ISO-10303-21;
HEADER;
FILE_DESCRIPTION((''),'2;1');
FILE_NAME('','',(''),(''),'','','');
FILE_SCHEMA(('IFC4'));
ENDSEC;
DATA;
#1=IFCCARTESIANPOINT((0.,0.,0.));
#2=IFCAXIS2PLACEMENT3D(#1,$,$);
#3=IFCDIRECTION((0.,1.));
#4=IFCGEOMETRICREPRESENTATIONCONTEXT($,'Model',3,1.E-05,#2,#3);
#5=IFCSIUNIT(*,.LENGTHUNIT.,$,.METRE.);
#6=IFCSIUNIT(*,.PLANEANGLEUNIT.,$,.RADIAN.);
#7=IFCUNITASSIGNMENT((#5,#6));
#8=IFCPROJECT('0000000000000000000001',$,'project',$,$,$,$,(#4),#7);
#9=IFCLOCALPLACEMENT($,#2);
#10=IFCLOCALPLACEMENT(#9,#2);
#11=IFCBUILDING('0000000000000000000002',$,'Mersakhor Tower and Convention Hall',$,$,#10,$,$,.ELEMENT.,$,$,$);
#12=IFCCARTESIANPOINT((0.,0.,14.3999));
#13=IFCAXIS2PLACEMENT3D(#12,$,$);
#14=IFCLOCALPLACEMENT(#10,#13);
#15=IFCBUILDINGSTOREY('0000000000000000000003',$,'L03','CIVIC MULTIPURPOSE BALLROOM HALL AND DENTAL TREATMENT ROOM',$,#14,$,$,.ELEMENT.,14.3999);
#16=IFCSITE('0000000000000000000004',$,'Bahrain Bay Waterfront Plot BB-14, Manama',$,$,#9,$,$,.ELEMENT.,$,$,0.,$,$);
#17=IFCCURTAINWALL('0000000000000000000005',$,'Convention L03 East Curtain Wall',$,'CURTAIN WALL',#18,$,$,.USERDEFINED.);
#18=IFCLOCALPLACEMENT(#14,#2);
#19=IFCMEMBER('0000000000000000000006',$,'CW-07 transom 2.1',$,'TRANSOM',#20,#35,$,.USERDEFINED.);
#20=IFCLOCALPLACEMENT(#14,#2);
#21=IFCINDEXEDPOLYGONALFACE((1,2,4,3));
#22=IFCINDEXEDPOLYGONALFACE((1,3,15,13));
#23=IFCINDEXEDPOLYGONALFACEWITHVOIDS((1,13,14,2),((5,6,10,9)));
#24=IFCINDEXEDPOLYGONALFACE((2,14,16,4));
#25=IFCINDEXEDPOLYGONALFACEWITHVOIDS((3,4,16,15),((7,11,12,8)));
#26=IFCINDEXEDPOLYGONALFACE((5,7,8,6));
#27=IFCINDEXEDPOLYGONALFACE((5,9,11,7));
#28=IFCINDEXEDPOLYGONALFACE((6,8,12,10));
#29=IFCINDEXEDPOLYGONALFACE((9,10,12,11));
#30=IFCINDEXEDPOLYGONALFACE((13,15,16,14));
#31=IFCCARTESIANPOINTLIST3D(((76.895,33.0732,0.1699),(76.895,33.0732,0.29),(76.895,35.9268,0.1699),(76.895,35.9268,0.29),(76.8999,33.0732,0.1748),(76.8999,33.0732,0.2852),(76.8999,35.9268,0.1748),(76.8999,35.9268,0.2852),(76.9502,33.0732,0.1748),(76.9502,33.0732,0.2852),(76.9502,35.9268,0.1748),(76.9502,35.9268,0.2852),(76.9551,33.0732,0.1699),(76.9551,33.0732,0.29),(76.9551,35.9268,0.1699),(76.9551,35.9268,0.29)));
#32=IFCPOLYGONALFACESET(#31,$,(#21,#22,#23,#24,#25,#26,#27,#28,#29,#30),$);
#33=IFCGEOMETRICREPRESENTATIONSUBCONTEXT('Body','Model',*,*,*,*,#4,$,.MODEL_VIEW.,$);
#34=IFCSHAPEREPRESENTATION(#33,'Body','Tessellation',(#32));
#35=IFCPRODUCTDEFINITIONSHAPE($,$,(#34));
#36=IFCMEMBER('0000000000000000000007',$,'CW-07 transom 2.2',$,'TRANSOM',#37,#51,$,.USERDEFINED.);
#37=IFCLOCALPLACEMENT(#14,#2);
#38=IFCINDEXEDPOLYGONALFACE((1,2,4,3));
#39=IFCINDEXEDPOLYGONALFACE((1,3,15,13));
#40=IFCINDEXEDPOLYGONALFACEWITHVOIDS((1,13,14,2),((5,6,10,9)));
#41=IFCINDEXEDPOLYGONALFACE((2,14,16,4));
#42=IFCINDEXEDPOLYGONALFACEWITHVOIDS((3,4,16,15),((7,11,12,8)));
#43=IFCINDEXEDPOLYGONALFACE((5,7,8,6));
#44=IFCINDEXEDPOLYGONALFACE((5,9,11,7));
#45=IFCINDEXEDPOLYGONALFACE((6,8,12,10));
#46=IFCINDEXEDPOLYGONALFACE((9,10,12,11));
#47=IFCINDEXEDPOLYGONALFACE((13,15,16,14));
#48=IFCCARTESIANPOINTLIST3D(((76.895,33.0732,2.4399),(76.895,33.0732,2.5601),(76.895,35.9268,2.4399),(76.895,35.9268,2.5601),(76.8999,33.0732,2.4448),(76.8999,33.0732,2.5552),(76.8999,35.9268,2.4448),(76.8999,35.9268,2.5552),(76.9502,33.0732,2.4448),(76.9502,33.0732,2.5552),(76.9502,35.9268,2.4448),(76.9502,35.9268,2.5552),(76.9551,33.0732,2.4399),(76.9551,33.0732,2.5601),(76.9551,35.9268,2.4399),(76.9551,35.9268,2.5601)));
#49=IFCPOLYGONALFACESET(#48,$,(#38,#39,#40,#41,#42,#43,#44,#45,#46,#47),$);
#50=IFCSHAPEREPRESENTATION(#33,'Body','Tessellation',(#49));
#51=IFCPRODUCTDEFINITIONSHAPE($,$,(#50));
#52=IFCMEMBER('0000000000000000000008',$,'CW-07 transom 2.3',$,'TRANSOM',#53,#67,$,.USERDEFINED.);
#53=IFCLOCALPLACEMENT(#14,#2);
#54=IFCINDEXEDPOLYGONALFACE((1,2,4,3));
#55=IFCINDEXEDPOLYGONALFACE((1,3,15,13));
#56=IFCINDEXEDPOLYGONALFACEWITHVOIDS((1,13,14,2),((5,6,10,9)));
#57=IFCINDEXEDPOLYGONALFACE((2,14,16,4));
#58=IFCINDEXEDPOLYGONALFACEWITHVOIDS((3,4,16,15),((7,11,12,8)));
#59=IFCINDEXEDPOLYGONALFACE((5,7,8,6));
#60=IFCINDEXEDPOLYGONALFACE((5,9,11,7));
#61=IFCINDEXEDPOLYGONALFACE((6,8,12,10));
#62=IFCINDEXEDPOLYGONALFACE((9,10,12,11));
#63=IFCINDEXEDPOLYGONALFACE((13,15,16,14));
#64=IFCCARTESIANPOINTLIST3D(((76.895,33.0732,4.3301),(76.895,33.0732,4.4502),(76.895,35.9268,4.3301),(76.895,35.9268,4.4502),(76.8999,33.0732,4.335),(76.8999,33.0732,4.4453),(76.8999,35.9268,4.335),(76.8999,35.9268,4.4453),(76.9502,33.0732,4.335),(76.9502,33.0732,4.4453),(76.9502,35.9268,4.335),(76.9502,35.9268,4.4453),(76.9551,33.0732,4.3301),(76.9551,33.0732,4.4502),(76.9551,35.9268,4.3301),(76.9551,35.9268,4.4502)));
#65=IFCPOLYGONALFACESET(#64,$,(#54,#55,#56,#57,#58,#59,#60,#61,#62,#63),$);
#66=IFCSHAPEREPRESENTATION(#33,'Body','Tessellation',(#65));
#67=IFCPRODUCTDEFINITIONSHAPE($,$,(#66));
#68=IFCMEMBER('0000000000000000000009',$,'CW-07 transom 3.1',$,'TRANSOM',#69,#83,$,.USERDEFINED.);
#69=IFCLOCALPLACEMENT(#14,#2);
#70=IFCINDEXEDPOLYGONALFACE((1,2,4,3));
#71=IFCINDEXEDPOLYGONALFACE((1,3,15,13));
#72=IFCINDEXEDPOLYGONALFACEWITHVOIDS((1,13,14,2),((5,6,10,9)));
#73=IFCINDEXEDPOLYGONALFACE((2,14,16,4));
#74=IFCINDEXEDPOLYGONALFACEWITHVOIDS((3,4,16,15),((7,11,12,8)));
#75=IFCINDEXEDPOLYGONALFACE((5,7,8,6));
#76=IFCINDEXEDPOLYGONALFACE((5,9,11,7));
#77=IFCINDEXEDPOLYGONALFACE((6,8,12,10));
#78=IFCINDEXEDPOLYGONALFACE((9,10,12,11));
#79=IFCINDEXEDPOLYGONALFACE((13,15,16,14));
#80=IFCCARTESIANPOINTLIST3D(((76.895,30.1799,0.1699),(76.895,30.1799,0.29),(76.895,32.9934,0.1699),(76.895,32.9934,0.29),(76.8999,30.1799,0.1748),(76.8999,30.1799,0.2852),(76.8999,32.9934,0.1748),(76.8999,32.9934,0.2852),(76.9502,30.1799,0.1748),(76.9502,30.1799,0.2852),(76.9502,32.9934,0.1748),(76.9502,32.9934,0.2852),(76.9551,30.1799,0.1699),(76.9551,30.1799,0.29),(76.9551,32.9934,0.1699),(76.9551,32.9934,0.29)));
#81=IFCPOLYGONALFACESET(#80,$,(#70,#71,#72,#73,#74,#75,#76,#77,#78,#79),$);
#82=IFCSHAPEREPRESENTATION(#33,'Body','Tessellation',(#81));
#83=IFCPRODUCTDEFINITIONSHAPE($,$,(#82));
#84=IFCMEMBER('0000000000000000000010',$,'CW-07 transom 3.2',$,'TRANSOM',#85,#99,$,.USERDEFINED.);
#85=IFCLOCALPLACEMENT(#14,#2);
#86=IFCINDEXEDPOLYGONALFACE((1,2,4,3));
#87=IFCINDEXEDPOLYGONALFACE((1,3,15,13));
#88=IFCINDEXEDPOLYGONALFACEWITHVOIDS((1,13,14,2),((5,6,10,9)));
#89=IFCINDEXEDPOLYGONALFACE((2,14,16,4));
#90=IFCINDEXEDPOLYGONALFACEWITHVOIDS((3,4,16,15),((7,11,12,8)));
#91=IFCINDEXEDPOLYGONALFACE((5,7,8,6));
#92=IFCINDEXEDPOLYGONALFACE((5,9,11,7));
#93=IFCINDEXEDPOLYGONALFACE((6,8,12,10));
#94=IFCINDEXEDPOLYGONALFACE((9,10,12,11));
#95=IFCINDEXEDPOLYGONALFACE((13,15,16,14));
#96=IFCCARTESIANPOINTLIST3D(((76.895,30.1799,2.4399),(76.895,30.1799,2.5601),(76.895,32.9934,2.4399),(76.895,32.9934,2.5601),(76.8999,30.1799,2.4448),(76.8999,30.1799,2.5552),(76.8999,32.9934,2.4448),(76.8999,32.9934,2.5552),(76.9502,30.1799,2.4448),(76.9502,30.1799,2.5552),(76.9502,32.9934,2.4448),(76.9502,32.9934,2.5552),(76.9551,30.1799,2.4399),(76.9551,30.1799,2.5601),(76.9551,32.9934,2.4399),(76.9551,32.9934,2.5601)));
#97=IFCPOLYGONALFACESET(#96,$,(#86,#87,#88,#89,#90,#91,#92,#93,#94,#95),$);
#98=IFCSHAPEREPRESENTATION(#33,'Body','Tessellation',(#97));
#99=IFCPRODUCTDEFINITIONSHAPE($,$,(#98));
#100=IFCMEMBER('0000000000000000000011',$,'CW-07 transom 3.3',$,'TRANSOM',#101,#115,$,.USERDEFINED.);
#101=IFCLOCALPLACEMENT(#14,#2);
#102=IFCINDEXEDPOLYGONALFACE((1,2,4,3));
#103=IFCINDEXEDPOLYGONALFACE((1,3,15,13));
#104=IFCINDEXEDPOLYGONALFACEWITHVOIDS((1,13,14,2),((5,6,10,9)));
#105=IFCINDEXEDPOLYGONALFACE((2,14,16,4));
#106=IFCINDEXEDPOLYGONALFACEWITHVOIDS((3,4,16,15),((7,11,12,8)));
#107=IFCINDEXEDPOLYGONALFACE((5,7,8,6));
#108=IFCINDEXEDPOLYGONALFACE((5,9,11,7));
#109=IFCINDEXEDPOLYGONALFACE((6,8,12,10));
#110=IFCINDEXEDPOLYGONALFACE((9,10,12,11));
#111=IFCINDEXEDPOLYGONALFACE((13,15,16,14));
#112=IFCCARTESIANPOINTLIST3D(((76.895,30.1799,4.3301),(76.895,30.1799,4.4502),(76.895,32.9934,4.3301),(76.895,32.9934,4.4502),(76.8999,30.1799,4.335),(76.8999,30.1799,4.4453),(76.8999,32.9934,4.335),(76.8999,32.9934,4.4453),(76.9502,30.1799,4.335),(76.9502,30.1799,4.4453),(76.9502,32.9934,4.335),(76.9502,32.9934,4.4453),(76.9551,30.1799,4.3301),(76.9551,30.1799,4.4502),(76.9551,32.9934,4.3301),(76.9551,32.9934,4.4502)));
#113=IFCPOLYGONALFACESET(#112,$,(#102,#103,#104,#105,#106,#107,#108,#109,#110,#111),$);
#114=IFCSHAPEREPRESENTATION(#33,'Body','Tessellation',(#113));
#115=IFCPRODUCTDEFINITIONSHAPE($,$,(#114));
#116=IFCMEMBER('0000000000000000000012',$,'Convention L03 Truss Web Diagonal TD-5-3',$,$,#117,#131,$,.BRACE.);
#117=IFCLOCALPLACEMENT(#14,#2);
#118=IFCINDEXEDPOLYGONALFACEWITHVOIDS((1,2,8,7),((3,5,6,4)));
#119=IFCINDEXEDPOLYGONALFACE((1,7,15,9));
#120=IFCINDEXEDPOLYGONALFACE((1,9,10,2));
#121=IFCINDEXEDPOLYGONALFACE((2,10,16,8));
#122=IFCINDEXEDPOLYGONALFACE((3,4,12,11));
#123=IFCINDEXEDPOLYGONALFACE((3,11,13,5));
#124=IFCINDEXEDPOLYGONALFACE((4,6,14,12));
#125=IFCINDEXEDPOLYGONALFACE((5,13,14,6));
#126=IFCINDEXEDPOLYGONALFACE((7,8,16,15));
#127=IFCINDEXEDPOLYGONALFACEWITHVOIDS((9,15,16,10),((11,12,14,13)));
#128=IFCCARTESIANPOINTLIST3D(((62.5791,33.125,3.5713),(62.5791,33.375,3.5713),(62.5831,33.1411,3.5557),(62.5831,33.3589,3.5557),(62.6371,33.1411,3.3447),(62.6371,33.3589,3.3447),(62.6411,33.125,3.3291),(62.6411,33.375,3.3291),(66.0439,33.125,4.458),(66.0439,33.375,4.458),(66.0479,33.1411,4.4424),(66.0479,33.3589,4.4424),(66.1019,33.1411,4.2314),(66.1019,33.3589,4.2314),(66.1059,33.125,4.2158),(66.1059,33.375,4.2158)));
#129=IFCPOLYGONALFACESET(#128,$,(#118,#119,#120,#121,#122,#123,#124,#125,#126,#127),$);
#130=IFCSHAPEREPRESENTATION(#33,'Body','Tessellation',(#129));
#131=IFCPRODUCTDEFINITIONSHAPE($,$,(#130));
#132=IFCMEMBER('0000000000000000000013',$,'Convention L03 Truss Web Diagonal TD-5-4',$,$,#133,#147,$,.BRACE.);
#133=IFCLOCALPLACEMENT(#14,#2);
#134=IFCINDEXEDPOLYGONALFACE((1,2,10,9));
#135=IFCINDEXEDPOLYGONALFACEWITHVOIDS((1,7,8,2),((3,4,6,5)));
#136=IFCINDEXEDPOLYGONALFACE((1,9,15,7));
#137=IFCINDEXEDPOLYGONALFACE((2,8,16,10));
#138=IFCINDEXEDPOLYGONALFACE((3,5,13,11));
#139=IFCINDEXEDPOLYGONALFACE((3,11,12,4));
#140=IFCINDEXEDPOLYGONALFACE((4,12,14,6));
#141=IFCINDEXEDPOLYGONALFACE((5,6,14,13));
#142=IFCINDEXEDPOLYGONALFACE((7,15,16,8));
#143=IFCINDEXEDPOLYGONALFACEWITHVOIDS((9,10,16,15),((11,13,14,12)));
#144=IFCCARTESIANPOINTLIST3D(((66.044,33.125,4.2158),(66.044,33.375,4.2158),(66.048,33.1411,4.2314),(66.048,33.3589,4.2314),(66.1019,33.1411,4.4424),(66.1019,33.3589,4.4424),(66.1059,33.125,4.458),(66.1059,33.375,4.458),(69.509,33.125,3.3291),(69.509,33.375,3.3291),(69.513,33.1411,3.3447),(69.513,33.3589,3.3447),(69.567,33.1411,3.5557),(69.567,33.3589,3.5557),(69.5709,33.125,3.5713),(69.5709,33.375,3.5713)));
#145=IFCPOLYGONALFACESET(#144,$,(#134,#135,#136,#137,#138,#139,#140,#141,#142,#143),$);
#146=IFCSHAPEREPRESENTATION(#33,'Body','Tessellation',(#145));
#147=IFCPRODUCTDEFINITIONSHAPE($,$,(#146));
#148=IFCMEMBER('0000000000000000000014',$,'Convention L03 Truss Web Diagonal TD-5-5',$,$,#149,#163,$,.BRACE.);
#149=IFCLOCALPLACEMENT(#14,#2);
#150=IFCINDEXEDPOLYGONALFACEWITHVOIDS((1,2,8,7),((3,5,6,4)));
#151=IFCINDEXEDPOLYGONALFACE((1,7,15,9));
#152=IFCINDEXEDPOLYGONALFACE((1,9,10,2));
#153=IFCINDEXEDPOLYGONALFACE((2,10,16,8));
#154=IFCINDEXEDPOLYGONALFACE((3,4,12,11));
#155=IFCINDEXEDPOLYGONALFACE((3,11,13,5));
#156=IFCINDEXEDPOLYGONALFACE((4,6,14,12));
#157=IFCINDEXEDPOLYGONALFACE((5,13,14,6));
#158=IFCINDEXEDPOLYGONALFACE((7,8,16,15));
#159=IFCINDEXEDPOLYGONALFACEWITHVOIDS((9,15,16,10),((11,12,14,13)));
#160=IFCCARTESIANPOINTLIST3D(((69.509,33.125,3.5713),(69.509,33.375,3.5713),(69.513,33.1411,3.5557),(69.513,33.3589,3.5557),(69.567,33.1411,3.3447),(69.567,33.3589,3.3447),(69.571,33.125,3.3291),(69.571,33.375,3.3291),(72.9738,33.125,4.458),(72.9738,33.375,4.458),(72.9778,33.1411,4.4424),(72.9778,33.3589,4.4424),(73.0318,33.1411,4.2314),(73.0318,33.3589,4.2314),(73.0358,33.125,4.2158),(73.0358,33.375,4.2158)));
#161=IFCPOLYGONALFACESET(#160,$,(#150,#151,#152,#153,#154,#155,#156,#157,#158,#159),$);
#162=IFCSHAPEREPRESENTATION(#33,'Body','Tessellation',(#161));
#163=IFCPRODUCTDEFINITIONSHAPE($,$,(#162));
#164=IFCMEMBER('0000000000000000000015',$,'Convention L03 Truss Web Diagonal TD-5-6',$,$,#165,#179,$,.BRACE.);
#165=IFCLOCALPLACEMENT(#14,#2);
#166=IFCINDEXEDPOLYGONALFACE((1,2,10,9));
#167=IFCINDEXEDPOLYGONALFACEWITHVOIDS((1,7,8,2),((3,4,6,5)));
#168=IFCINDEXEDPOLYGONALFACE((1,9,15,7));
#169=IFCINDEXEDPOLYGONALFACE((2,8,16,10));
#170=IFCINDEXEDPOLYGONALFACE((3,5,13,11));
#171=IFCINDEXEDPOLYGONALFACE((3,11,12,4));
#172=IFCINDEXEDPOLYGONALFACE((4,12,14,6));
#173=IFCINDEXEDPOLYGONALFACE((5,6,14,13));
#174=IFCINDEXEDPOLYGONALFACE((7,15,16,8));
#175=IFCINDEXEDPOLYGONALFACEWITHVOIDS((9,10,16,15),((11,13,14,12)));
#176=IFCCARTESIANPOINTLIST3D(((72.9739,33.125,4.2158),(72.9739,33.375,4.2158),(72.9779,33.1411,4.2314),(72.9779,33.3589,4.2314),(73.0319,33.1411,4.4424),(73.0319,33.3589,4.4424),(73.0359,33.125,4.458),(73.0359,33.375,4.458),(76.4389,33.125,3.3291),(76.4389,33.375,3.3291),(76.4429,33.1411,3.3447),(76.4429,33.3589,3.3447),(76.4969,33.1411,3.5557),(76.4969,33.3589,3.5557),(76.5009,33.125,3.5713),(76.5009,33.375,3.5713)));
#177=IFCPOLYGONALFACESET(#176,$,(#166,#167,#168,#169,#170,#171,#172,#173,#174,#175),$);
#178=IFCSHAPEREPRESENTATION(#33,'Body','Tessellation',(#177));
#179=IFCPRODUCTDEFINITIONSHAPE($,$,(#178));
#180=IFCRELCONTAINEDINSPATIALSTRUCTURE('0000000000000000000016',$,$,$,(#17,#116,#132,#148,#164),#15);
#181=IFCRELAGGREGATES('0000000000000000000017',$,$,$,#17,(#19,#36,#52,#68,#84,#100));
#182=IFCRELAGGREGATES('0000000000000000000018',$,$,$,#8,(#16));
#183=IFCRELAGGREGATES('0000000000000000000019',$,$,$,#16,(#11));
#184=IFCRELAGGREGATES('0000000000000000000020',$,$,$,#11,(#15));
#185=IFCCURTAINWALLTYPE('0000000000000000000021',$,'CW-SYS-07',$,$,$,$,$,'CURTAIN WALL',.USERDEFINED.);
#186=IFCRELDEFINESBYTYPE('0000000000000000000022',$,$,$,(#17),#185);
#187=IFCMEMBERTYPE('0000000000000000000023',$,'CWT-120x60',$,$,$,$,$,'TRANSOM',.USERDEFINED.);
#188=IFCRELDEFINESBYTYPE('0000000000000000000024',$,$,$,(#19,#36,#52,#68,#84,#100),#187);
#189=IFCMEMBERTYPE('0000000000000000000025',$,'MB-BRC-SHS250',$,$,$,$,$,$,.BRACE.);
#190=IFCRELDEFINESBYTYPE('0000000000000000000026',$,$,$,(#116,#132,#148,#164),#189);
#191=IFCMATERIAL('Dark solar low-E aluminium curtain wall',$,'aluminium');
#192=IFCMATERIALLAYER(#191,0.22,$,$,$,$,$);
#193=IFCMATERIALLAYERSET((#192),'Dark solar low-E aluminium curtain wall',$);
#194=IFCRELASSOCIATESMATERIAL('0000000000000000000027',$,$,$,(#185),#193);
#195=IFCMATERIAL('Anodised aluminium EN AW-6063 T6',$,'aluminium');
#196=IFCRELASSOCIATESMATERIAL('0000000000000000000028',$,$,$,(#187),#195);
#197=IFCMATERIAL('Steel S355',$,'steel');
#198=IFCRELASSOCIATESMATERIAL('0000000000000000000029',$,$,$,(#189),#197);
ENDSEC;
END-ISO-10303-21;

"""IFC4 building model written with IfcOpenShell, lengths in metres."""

from ifc_helpers import new_model, si_unit, direction, frame, origin, origin_2d, place, context, subcontext, project, spatial, hollow_rectangle, extrude, material, layer, layer_set, material_profile, profile_set, type_object, element, aggregate, save


model = new_model("IFC4")

# Units and contexts
model_context = context("Model", 3, precision=1e-05, world=origin(), true_north=direction((0.0, 1.0)))
body_context = subcontext(model_context, "Body", "Model", "MODEL_VIEW")
ifc_project = project(units=[si_unit("LENGTHUNIT", "METRE"), si_unit("PLANEANGLEUNIT", "RADIAN")], contexts=[model_context])

# Site, building, storey
site_placement = place(None, origin())
site = spatial("IfcSite", under=ifc_project, at=site_placement, Name="Bahrain Bay Waterfront Plot BB-14, Manama", CompositionType="ELEMENT", RefElevation=0.0)
building_placement = place(site_placement, origin())
building = spatial("IfcBuilding", under=site, at=building_placement, Name="Mersakhor Tower and Convention Hall", CompositionType="ELEMENT")
storey_placement = place(building_placement, frame((0.0, 0.0, 14.3999)))
storey = spatial("IfcBuildingStorey", under=building, at=storey_placement, Name="L03", Description="CIVIC MULTIPURPOSE BALLROOM HALL AND DENTAL TREATMENT ROOM", CompositionType="ELEMENT", Elevation=14.3999)

# Curtain wall, members
ifc_material_1 = material(Name="Dark solar low-E aluminium curtain wall", Category="aluminium")
ifc_layer_1 = layer(ifc_material_1, 0.22)
ifc_layer_set_1 = layer_set([ifc_layer_1], Name="Dark solar low-E aluminium curtain wall")
curtain_wall_type = type_object("IfcCurtainWallType", Name="CW-SYS-07", ElementType="CURTAIN WALL", PredefinedType="USERDEFINED", material=ifc_layer_set_1)
curtain_wall_placement = place(storey_placement, origin())
curtain_wall = element("IfcCurtainWall", 1, at=curtain_wall_placement, inside=storey, type_object=curtain_wall_type, Name="Convention L03 East Curtain Wall", ObjectType="CURTAIN WALL", PredefinedType="USERDEFINED")
ifc_material_2 = material(Name="Anodised aluminium EN AW-6063 T6", Category="aluminium")
ifc_material_profile_1 = material_profile(ifc_material_2, hollow_rectangle(XDim=0.0601, YDim=0.1201, WallThickness=0.0049, at=origin_2d()), Name="RHS 120x60x5")
ifc_profile_set_1 = profile_set([ifc_material_profile_1], Name="Anodised aluminium EN AW-6063 T6")
member_type_1 = type_object("IfcMemberType", Name="CWT-120x60", ElementType="TRANSOM", PredefinedType="USERDEFINED", material=ifc_profile_set_1)
member_1_placement = place(storey_placement, frame((76.925, 35.9268, 0.23), z_axis=(0.0, -1.0, 0.0), x_axis=(1.0, 0.0, 0.0)))
member_1 = element("IfcMember", 2, at=member_1_placement, type_object=member_type_1, Name="CW-07 transom 2.1", ObjectType="TRANSOM", PredefinedType="USERDEFINED", context=body_context, shape_type="SweptSolid", body=[
    extrude(hollow_rectangle(XDim=0.0601, YDim=0.1201, WallThickness=0.0049, at=origin_2d()), origin(), (0.0, 0.0, 1.0), 2.8535),
])
member_2_placement = place(storey_placement, frame((76.925, 35.9268, 2.5), z_axis=(0.0, -1.0, 0.0), x_axis=(1.0, 0.0, 0.0)))
member_2 = element("IfcMember", 3, at=member_2_placement, type_object=member_type_1, Name="CW-07 transom 2.2", ObjectType="TRANSOM", PredefinedType="USERDEFINED", context=body_context, shape_type="SweptSolid", body=[
    extrude(hollow_rectangle(XDim=0.0601, YDim=0.1201, WallThickness=0.0049, at=origin_2d()), origin(), (0.0, 0.0, 1.0), 2.8535),
])
member_3_placement = place(storey_placement, frame((76.925, 35.9268, 4.3901), z_axis=(0.0, -1.0, 0.0), x_axis=(1.0, 0.0, 0.0)))
member_3 = element("IfcMember", 4, at=member_3_placement, type_object=member_type_1, Name="CW-07 transom 2.3", ObjectType="TRANSOM", PredefinedType="USERDEFINED", context=body_context, shape_type="SweptSolid", body=[
    extrude(hollow_rectangle(XDim=0.0601, YDim=0.1201, WallThickness=0.0049, at=origin_2d()), origin(), (0.0, 0.0, 1.0), 2.8535),
])
member_4_placement = place(storey_placement, frame((76.925, 32.9934, 0.23), z_axis=(0.0, -1.0, 0.0), x_axis=(1.0, 0.0, 0.0)))
member_4 = element("IfcMember", 5, at=member_4_placement, type_object=member_type_1, Name="CW-07 transom 3.1", ObjectType="TRANSOM", PredefinedType="USERDEFINED", context=body_context, shape_type="SweptSolid", body=[
    extrude(hollow_rectangle(XDim=0.0601, YDim=0.1201, WallThickness=0.0049, at=origin_2d()), origin(), (0.0, 0.0, 1.0), 2.8135),
])
member_5_placement = place(storey_placement, frame((76.925, 32.9934, 2.5), z_axis=(0.0, -1.0, 0.0), x_axis=(1.0, 0.0, 0.0)))
member_5 = element("IfcMember", 6, at=member_5_placement, type_object=member_type_1, Name="CW-07 transom 3.2", ObjectType="TRANSOM", PredefinedType="USERDEFINED", context=body_context, shape_type="SweptSolid", body=[
    extrude(hollow_rectangle(XDim=0.0601, YDim=0.1201, WallThickness=0.0049, at=origin_2d()), origin(), (0.0, 0.0, 1.0), 2.8135),
])
member_6_placement = place(storey_placement, frame((76.925, 32.9934, 4.3901), z_axis=(0.0, -1.0, 0.0), x_axis=(1.0, 0.0, 0.0)))
member_6 = element("IfcMember", 7, at=member_6_placement, type_object=member_type_1, Name="CW-07 transom 3.3", ObjectType="TRANSOM", PredefinedType="USERDEFINED", context=body_context, shape_type="SweptSolid", body=[
    extrude(hollow_rectangle(XDim=0.0601, YDim=0.1201, WallThickness=0.0049, at=origin_2d()), origin(), (0.0, 0.0, 1.0), 2.8135),
])

# Members
ifc_material_3 = material(Name="Steel S355", Category="steel")
ifc_material_profile_2 = material_profile(ifc_material_3, hollow_rectangle(XDim=0.25, YDim=0.25, WallThickness=0.0161, at=origin_2d()), Name="SHS 250x250x16")
ifc_profile_set_2 = profile_set([ifc_material_profile_2], Name="Steel S355")
member_type_2 = type_object("IfcMemberType", Name="MB-BRC-SHS250", PredefinedType="BRACE", material=ifc_profile_set_2)
member_7_placement = place(storey_placement, frame((62.6101, 33.25, 3.4502), z_axis=(0.968778, 0.0, 0.247929), x_axis=(0.0, 1.0, 0.0)))
element("IfcMember", 8, at=member_7_placement, inside=storey, type_object=member_type_2, Name="Convention L03 Truss Web Diagonal TD-5-3", PredefinedType="BRACE", context=body_context, shape_type="SweptSolid", body=[
    extrude(hollow_rectangle(XDim=0.25, YDim=0.25, WallThickness=0.0161, at=origin_2d()), origin(), (0.0, 0.0, 1.0), 3.5764),
])
member_8_placement = place(storey_placement, frame((66.075, 33.25, 4.3369), z_axis=(0.968783, 0.0, -0.247912), x_axis=(0.0, 1.0, 0.0)))
element("IfcMember", 9, at=member_8_placement, inside=storey, type_object=member_type_2, Name="Convention L03 Truss Web Diagonal TD-5-4", PredefinedType="BRACE", context=body_context, shape_type="SweptSolid", body=[
    extrude(hollow_rectangle(XDim=0.25, YDim=0.25, WallThickness=0.0161, at=origin_2d()), origin(), (0.0, 0.0, 1.0), 3.5767),
])
member_9_placement = place(storey_placement, frame((69.54, 33.25, 3.4502), z_axis=(0.968778, 0.0, 0.247929), x_axis=(0.0, 1.0, 0.0)))
element("IfcMember", 10, at=member_9_placement, inside=storey, type_object=member_type_2, Name="Convention L03 Truss Web Diagonal TD-5-5", PredefinedType="BRACE", context=body_context, shape_type="SweptSolid", body=[
    extrude(hollow_rectangle(XDim=0.25, YDim=0.25, WallThickness=0.0161, at=origin_2d()), origin(), (0.0, 0.0, 1.0), 3.5764),
])
member_10_placement = place(storey_placement, frame((73.0049, 33.25, 4.3369), z_axis=(0.968783, 0.0, -0.247912), x_axis=(0.0, 1.0, 0.0)))
element("IfcMember", 11, at=member_10_placement, inside=storey, type_object=member_type_2, Name="Convention L03 Truss Web Diagonal TD-5-6", PredefinedType="BRACE", context=body_context, shape_type="SweptSolid", body=[
    extrude(hollow_rectangle(XDim=0.25, YDim=0.25, WallThickness=0.0161, at=origin_2d()), origin(), (0.0, 0.0, 1.0), 3.5767),
])

aggregate(curtain_wall, [member_1, member_2, member_3, member_4, member_5, member_6])

save(model, "model.ifc")
